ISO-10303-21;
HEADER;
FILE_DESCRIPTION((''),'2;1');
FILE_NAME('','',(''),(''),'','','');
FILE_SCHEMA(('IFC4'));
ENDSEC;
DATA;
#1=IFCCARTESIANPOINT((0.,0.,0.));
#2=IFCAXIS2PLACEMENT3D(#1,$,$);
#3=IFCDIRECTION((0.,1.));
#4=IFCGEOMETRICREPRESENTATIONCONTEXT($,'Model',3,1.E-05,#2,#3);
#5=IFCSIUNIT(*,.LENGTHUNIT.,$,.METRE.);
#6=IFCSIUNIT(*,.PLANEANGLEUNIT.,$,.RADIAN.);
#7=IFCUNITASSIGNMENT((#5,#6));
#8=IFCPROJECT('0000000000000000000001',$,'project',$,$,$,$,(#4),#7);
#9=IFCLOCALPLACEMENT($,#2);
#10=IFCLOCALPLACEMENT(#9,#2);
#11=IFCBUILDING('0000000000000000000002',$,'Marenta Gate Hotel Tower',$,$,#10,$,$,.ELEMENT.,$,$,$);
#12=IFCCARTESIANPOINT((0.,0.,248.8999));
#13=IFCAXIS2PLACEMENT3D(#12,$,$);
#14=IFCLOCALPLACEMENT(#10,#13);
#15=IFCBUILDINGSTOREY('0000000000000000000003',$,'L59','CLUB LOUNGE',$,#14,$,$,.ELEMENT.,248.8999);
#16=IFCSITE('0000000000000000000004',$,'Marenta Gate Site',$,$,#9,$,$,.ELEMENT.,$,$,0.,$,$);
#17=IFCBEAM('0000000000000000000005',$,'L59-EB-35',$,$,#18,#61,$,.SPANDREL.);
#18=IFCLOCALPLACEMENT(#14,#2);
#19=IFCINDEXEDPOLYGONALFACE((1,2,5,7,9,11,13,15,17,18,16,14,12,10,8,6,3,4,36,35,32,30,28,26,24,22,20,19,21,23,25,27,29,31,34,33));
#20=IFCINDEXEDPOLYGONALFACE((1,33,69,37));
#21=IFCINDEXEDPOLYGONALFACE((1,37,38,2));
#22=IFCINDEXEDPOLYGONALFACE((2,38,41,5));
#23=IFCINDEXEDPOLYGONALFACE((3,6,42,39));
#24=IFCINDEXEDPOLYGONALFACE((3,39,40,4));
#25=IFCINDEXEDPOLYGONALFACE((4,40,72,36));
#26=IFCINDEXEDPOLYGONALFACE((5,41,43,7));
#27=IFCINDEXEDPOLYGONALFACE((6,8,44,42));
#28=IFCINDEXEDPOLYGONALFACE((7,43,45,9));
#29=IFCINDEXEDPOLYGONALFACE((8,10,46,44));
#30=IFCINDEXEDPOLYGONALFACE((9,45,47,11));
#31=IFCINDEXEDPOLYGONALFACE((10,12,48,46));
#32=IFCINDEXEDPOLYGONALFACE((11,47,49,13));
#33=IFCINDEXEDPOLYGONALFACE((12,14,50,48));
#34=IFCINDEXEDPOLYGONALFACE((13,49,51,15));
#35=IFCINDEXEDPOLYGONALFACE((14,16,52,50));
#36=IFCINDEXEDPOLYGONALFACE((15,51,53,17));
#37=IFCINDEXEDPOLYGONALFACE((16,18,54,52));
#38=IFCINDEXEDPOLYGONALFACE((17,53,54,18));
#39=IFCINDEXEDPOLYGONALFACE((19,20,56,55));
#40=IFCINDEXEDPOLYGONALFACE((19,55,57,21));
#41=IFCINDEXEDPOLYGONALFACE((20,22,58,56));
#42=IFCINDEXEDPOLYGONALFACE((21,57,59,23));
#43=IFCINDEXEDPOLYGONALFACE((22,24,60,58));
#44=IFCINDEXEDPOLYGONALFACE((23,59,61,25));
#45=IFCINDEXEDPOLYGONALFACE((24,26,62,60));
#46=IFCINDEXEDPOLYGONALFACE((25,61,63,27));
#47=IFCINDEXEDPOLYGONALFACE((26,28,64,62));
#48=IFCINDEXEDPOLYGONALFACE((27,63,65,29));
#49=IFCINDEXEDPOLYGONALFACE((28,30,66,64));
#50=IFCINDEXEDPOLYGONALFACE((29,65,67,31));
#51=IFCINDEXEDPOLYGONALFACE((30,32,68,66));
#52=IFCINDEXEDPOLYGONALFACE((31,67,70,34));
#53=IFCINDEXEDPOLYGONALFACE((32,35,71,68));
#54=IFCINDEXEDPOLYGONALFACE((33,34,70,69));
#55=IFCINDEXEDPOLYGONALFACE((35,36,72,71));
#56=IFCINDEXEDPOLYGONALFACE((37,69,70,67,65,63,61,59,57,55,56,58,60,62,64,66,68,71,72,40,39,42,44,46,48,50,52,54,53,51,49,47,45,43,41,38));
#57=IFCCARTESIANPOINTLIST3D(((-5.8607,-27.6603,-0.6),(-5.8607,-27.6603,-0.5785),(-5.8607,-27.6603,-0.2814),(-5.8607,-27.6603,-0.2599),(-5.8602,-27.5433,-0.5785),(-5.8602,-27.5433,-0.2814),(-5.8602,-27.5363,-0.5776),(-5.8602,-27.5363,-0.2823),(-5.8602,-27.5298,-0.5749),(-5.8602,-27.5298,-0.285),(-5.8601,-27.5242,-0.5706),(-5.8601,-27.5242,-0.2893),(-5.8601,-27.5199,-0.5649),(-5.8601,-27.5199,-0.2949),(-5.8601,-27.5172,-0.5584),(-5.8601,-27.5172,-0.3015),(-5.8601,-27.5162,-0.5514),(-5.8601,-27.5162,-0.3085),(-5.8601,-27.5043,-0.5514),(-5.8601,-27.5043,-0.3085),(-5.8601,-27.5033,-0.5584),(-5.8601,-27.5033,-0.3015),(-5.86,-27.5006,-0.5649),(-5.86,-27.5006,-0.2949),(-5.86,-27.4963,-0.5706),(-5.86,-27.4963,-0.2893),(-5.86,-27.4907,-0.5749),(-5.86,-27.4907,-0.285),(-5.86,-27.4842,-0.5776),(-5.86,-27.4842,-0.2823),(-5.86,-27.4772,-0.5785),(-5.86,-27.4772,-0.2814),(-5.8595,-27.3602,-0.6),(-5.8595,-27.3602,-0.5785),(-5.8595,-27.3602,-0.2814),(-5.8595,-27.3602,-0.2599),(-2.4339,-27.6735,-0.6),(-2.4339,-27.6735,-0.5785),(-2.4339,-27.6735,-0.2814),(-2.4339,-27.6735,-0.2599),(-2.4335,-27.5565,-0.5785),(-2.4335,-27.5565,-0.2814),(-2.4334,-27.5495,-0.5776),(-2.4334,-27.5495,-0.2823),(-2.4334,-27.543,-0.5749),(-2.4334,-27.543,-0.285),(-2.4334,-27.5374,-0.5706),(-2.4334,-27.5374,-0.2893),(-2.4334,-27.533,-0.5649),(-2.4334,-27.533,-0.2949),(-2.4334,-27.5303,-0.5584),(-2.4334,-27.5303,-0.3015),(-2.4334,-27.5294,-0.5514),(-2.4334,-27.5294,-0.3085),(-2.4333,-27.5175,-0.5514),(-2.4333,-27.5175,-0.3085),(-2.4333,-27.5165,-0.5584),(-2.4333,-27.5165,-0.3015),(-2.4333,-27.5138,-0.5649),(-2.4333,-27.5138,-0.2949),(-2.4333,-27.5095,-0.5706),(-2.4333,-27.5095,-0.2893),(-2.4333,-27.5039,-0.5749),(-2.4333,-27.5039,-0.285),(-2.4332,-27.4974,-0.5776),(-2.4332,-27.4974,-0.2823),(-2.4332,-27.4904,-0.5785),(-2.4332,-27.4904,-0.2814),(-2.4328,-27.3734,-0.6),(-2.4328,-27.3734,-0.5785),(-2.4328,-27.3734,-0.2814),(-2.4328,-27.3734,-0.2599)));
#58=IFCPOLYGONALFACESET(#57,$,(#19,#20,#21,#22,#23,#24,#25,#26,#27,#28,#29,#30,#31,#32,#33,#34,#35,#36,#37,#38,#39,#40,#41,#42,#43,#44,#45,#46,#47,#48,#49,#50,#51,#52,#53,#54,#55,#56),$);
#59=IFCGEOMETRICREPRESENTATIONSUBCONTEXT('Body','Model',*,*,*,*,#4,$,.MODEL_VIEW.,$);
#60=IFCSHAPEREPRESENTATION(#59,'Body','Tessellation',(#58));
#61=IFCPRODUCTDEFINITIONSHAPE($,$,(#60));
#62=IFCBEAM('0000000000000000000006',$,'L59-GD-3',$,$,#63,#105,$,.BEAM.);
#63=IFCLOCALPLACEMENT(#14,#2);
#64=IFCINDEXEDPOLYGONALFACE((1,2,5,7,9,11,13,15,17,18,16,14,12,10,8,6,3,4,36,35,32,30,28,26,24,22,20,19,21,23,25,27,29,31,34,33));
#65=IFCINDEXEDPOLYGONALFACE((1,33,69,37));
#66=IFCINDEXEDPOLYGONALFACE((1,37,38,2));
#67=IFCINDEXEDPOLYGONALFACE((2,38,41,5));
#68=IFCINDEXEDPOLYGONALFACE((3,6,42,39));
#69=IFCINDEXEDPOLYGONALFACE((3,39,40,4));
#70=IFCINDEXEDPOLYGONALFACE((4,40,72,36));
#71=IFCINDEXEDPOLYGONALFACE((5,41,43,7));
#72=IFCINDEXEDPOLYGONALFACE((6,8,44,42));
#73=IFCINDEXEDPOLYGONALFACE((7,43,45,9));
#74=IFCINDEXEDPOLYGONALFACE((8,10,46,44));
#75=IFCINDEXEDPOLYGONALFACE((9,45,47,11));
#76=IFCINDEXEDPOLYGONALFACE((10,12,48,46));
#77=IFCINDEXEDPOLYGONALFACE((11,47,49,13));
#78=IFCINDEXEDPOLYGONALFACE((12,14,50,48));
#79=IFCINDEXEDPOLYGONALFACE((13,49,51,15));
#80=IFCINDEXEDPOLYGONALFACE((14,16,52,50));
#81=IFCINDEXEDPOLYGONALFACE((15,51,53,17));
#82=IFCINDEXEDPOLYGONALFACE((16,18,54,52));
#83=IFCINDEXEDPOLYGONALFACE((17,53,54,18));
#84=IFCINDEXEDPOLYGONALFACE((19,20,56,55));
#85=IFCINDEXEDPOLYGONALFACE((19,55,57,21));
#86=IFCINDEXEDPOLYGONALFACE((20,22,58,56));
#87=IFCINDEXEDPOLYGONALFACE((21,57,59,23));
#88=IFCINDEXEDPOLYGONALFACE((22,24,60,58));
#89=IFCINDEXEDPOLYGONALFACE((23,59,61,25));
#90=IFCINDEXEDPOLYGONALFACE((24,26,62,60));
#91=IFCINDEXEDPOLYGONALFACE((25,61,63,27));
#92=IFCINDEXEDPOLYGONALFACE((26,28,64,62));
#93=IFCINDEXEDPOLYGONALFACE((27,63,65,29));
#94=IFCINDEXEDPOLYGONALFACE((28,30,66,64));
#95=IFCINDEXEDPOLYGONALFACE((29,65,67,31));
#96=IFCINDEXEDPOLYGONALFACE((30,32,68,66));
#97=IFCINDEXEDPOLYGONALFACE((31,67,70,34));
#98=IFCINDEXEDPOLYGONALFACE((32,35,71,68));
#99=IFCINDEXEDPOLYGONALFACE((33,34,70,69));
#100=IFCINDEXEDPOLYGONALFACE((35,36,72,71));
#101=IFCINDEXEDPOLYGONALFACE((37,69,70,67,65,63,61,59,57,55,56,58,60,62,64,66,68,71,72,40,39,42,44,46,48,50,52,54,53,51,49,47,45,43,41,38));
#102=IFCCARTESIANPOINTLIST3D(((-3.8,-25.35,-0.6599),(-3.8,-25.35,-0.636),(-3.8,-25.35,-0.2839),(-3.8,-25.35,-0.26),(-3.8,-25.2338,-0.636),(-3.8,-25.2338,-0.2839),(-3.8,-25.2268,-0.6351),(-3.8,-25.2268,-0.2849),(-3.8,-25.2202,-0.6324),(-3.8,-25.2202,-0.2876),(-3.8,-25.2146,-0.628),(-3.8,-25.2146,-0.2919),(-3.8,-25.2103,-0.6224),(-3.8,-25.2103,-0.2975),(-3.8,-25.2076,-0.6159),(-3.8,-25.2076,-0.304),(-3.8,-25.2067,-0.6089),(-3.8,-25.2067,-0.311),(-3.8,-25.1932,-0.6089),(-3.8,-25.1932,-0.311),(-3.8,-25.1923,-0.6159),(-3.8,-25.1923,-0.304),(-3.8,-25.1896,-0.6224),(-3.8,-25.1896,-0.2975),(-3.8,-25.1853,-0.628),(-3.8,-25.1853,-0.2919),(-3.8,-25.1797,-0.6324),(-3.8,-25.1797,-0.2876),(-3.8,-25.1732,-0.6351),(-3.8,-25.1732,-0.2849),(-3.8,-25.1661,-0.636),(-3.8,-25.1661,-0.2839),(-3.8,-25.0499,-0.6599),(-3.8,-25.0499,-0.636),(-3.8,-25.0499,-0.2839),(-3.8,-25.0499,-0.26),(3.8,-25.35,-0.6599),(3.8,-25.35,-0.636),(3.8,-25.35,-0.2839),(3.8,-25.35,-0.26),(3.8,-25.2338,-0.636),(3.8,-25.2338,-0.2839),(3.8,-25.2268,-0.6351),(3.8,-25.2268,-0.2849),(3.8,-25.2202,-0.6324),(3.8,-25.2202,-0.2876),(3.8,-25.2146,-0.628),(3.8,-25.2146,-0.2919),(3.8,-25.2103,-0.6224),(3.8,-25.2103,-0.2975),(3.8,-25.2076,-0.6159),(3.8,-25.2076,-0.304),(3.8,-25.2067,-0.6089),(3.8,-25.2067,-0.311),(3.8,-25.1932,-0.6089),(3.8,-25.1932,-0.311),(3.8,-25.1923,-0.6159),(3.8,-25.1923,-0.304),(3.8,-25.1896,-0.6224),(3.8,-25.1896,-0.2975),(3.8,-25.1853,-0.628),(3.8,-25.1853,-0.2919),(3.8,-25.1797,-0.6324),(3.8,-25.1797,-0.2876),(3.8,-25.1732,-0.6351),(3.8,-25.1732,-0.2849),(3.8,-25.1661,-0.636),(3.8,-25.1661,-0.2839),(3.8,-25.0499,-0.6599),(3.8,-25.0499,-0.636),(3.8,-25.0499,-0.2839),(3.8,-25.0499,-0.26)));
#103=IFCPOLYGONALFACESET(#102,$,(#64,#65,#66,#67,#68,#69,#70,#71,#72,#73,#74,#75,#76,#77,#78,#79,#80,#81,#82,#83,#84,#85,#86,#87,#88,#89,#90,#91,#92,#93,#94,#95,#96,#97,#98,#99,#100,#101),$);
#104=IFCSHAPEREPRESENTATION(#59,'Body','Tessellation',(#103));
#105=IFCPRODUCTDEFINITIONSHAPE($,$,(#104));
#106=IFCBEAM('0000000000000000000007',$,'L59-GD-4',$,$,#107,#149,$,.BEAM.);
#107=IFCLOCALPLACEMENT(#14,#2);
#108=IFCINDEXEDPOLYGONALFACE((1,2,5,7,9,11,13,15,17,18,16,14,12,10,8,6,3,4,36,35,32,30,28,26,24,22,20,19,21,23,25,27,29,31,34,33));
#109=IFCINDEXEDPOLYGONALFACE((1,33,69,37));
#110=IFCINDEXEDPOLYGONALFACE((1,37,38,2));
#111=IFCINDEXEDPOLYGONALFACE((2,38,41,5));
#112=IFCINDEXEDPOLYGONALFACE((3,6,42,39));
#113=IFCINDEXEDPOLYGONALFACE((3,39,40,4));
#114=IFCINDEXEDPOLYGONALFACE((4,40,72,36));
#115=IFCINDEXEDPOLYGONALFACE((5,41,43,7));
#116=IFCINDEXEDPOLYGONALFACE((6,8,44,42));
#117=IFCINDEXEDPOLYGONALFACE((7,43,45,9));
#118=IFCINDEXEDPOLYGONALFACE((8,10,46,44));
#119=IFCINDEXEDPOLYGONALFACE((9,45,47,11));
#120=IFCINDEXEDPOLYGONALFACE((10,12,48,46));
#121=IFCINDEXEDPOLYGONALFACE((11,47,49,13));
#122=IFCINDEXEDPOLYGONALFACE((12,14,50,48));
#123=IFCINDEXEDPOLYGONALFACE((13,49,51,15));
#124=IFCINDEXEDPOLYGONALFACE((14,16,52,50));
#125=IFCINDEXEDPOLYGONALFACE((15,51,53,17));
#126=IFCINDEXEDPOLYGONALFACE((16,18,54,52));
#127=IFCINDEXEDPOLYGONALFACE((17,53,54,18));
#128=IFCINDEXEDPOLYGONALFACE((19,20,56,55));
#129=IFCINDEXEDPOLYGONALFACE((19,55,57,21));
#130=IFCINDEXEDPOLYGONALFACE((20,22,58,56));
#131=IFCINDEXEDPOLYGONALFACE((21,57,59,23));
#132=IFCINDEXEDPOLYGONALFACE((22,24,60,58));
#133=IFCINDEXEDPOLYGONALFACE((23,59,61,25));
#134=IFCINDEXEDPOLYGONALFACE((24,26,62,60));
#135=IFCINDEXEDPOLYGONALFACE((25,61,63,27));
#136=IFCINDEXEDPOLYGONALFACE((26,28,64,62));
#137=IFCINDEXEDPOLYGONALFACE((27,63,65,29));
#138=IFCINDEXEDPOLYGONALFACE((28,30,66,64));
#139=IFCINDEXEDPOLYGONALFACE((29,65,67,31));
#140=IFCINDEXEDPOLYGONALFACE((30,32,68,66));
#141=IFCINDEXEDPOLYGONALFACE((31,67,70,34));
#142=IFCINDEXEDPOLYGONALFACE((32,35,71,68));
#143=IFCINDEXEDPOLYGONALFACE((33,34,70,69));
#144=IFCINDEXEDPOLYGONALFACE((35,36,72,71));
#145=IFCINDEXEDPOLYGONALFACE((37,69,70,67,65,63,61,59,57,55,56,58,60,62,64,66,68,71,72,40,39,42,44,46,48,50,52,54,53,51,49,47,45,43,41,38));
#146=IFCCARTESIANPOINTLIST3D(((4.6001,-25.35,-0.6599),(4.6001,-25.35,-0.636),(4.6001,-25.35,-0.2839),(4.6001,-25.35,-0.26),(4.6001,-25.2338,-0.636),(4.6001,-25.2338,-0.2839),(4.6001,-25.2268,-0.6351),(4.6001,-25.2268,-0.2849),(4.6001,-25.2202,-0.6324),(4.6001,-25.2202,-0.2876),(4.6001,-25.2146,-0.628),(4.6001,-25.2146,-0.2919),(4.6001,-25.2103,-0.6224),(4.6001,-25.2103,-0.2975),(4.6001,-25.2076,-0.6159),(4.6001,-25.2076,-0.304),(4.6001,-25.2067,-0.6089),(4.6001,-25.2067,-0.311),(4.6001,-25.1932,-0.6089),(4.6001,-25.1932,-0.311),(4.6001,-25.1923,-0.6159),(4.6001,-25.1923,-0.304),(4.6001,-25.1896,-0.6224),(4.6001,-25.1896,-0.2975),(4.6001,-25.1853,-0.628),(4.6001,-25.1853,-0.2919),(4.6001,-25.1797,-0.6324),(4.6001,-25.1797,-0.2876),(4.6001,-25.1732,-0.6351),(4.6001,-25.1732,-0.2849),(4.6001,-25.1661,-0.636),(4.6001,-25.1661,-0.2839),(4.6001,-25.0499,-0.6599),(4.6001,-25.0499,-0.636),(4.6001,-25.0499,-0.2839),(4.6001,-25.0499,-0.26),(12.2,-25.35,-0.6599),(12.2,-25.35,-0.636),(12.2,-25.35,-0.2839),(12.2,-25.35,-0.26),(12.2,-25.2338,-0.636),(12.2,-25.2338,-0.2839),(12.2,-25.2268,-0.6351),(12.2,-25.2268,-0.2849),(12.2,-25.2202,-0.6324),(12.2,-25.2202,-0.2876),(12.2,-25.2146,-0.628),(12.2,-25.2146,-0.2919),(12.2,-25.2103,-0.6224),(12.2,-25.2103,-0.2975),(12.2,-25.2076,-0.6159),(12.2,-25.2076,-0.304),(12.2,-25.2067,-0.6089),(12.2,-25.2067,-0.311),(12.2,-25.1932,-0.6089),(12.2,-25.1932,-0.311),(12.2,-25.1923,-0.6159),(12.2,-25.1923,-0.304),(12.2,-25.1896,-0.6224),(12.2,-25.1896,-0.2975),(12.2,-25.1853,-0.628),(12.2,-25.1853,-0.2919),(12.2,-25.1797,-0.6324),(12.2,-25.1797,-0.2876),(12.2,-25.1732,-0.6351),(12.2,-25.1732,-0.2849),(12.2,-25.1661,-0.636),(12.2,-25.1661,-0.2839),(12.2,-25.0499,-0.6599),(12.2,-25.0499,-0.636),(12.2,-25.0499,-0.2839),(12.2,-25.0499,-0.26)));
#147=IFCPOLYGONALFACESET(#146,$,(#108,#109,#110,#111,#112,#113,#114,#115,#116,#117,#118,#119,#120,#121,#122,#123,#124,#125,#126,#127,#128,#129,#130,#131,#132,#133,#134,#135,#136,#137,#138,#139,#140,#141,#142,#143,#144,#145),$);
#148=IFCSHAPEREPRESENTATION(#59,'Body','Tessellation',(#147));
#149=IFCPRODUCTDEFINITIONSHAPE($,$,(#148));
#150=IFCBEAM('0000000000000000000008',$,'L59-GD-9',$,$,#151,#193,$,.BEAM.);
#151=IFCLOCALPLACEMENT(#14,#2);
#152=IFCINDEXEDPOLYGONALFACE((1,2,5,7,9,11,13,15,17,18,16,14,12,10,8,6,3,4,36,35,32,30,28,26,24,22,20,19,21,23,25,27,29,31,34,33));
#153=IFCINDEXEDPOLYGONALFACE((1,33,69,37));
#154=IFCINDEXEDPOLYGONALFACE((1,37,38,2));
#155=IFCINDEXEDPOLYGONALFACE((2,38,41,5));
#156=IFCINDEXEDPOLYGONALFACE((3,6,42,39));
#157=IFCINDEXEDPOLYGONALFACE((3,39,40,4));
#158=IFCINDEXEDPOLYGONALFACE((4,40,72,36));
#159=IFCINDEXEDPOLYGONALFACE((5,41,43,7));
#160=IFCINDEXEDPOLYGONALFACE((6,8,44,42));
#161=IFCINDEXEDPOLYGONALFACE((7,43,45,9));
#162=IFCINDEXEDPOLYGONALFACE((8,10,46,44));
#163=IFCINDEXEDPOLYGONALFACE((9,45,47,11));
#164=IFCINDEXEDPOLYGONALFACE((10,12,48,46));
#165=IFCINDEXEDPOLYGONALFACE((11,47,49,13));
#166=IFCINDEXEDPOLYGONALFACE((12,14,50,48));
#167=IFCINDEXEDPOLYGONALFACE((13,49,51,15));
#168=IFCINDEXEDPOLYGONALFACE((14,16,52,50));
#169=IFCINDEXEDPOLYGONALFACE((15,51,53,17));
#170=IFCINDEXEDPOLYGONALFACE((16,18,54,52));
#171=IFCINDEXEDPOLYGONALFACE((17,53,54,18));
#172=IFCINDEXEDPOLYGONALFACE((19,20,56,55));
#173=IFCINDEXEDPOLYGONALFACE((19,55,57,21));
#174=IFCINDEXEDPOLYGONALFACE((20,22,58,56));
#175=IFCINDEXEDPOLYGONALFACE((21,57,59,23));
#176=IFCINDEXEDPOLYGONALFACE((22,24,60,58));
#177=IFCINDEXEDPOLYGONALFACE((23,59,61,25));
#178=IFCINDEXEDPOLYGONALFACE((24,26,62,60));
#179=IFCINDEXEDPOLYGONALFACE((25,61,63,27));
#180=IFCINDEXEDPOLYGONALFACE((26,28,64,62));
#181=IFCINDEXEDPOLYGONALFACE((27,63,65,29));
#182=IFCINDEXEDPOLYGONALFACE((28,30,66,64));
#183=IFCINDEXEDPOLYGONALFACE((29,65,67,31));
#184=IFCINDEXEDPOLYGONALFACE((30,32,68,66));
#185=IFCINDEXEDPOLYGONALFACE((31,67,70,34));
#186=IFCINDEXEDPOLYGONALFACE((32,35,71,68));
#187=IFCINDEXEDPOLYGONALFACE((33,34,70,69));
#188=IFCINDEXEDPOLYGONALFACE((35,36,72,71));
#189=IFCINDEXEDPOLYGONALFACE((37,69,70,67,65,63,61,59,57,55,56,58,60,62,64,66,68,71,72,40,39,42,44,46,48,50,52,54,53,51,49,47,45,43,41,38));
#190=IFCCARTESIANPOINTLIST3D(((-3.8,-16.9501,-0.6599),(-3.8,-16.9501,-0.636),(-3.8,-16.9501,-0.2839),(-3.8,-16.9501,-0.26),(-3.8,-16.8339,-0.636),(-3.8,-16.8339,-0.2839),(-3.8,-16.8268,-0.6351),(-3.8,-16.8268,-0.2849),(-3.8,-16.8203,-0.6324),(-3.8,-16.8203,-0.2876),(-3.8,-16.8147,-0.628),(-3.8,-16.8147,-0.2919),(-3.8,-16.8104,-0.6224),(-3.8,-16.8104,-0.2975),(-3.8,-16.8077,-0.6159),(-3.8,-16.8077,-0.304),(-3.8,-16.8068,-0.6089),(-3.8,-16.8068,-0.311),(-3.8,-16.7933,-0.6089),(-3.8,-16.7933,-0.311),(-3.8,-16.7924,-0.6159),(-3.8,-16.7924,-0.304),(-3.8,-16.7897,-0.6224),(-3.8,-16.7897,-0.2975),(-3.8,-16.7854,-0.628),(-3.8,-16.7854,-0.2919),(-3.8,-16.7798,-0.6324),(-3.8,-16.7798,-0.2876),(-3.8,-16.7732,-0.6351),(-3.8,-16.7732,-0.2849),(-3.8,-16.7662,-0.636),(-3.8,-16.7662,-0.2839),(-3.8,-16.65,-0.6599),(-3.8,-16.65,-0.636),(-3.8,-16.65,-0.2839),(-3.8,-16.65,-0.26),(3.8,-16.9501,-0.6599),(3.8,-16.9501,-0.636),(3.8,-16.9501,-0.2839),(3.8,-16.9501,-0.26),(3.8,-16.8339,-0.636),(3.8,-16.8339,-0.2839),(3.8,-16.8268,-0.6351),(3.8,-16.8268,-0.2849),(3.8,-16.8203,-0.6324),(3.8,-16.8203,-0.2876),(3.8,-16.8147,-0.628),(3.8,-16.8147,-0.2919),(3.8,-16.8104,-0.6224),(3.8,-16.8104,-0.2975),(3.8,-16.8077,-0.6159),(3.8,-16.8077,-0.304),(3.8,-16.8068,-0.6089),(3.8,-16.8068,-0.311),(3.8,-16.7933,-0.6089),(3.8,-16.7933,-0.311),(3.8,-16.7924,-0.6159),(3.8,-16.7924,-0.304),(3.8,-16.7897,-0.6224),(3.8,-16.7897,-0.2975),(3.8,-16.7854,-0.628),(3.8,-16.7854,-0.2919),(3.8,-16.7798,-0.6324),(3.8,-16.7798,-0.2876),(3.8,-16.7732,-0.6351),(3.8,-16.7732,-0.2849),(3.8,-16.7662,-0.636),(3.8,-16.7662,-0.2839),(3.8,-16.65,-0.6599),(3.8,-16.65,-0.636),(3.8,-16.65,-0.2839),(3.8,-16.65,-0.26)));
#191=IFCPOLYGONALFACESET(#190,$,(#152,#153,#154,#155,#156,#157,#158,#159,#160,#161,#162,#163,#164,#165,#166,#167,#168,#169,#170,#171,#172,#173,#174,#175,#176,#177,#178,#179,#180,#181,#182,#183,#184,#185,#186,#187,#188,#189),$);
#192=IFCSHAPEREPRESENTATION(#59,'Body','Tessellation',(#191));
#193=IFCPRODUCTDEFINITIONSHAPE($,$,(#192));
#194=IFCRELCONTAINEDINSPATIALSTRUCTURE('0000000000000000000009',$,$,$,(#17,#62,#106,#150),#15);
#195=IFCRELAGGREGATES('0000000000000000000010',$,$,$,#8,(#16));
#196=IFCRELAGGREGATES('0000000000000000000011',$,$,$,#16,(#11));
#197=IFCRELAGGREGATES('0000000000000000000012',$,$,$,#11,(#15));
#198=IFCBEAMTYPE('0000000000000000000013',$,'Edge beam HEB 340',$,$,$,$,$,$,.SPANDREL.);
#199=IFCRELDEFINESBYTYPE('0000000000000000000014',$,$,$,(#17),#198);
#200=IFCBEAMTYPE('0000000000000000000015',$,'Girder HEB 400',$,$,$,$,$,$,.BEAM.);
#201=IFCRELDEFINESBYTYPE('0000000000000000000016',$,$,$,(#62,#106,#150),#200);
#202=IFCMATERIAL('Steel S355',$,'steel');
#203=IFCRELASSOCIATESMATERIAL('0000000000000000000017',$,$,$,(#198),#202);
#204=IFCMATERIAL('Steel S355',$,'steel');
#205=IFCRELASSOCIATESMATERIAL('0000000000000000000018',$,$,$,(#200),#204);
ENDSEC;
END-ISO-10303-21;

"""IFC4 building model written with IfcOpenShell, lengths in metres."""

from ifc_helpers import new_model, si_unit, direction, frame, origin, origin_2d, place, context, subcontext, project, spatial, i_section, extrude, material, material_profile, profile_set, type_object, element, save


model = new_model("IFC4")

# Units and contexts
model_context = context("Model", 3, precision=1e-05, world=origin(), true_north=direction((0.0, 1.0)))
body_context = subcontext(model_context, "Body", "Model", "MODEL_VIEW")
ifc_project = project(units=[si_unit("LENGTHUNIT", "METRE"), si_unit("PLANEANGLEUNIT", "RADIAN")], contexts=[model_context])

# Site, building, storey
site_placement = place(None, origin())
site = spatial("IfcSite", under=ifc_project, at=site_placement, Name="Marenta Gate Site", CompositionType="ELEMENT", RefElevation=0.0)
building_placement = place(site_placement, origin())
building = spatial("IfcBuilding", under=site, at=building_placement, Name="Marenta Gate Hotel Tower", CompositionType="ELEMENT")
storey_placement = place(building_placement, frame((0.0, 0.0, 248.8999)))
storey = spatial("IfcBuildingStorey", under=building, at=storey_placement, Name="L59", Description="CLUB LOUNGE", CompositionType="ELEMENT", Elevation=248.8999)

# Beams
ifc_material_1 = material(Name="Steel S355", Category="steel")
ifc_material_profile_1 = material_profile(ifc_material_1, i_section(OverallWidth=0.3, OverallDepth=0.3401, WebThickness=0.012, FlangeThickness=0.0215, FilletRadius=0.0271, at=origin_2d()), Name="HEB 340")
ifc_profile_set_1 = profile_set([ifc_material_profile_1], Name="Steel S355")
beam_type_1 = type_object("IfcBeamType", Name="Edge beam HEB 340", PredefinedType="SPANDREL", material=ifc_profile_set_1)
for number, where, z_axis, x_axis, name in (
    (1, (-2.4333, -27.5234, -0.4299), (-0.999993, 0.003847, 0.0), (-0.003847, -0.999993, 0.0), "L59-EB-35"),
):
    element("IfcBeam", number, at=place(storey_placement, frame(where, z_axis=z_axis, x_axis=x_axis)), inside=storey, type_object=beam_type_1, Name=name, PredefinedType="SPANDREL", context=body_context, shape_type="SweptSolid", body=[
        extrude(i_section(OverallWidth=0.3, OverallDepth=0.3401, WebThickness=0.012, FlangeThickness=0.0215, FilletRadius=0.0271, at=origin_2d()), origin(), (0.0, 0.0, 1.0), 3.4268),
    ])
ifc_material_2 = material(Name="Steel S355", Category="steel")
ifc_material_profile_2 = material_profile(ifc_material_2, i_section(OverallWidth=0.3, OverallDepth=0.3999, WebThickness=0.0134, FlangeThickness=0.0239, FilletRadius=0.0271, at=origin_2d()), Name="HEB 400")
ifc_profile_set_2 = profile_set([ifc_material_profile_2], Name="Steel S355")
beam_type_2 = type_object("IfcBeamType", Name="Girder HEB 400", PredefinedType="BEAM", material=ifc_profile_set_2)
beam_1_placement = place(storey_placement, frame((-3.8, -25.2, -0.46), z_axis=(1.0, 0.0, 0.0), x_axis=(0.0, 1.0, 0.0)))
element("IfcBeam", 2, at=beam_1_placement, inside=storey, type_object=beam_type_2, Name="L59-GD-3", PredefinedType="BEAM", context=body_context, shape_type="SweptSolid", body=[
    extrude(i_section(OverallWidth=0.3, OverallDepth=0.3999, WebThickness=0.0134, FlangeThickness=0.0239, FilletRadius=0.0271, at=origin_2d()), origin(), (0.0, 0.0, 1.0), 7.6001),
])
beam_2_placement = place(storey_placement, frame((4.6001, -25.2, -0.46), z_axis=(1.0, 0.0, 0.0), x_axis=(0.0, 1.0, 0.0)))
element("IfcBeam", 3, at=beam_2_placement, inside=storey, type_object=beam_type_2, Name="L59-GD-4", PredefinedType="BEAM", context=body_context, shape_type="SweptSolid", body=[
    extrude(i_section(OverallWidth=0.3, OverallDepth=0.3999, WebThickness=0.0134, FlangeThickness=0.0239, FilletRadius=0.0271, at=origin_2d()), origin(), (0.0, 0.0, 1.0), 7.5999),
])
beam_3_placement = place(storey_placement, frame((-3.8, -16.8, -0.46), z_axis=(1.0, 0.0, 0.0), x_axis=(0.0, 1.0, 0.0)))
element("IfcBeam", 4, at=beam_3_placement, inside=storey, type_object=beam_type_2, Name="L59-GD-9", PredefinedType="BEAM", context=body_context, shape_type="SweptSolid", body=[
    extrude(i_section(OverallWidth=0.3, OverallDepth=0.3999, WebThickness=0.0134, FlangeThickness=0.0239, FilletRadius=0.0271, at=origin_2d()), origin(), (0.0, 0.0, 1.0), 7.6001),
])

save(model, "model.ifc")
